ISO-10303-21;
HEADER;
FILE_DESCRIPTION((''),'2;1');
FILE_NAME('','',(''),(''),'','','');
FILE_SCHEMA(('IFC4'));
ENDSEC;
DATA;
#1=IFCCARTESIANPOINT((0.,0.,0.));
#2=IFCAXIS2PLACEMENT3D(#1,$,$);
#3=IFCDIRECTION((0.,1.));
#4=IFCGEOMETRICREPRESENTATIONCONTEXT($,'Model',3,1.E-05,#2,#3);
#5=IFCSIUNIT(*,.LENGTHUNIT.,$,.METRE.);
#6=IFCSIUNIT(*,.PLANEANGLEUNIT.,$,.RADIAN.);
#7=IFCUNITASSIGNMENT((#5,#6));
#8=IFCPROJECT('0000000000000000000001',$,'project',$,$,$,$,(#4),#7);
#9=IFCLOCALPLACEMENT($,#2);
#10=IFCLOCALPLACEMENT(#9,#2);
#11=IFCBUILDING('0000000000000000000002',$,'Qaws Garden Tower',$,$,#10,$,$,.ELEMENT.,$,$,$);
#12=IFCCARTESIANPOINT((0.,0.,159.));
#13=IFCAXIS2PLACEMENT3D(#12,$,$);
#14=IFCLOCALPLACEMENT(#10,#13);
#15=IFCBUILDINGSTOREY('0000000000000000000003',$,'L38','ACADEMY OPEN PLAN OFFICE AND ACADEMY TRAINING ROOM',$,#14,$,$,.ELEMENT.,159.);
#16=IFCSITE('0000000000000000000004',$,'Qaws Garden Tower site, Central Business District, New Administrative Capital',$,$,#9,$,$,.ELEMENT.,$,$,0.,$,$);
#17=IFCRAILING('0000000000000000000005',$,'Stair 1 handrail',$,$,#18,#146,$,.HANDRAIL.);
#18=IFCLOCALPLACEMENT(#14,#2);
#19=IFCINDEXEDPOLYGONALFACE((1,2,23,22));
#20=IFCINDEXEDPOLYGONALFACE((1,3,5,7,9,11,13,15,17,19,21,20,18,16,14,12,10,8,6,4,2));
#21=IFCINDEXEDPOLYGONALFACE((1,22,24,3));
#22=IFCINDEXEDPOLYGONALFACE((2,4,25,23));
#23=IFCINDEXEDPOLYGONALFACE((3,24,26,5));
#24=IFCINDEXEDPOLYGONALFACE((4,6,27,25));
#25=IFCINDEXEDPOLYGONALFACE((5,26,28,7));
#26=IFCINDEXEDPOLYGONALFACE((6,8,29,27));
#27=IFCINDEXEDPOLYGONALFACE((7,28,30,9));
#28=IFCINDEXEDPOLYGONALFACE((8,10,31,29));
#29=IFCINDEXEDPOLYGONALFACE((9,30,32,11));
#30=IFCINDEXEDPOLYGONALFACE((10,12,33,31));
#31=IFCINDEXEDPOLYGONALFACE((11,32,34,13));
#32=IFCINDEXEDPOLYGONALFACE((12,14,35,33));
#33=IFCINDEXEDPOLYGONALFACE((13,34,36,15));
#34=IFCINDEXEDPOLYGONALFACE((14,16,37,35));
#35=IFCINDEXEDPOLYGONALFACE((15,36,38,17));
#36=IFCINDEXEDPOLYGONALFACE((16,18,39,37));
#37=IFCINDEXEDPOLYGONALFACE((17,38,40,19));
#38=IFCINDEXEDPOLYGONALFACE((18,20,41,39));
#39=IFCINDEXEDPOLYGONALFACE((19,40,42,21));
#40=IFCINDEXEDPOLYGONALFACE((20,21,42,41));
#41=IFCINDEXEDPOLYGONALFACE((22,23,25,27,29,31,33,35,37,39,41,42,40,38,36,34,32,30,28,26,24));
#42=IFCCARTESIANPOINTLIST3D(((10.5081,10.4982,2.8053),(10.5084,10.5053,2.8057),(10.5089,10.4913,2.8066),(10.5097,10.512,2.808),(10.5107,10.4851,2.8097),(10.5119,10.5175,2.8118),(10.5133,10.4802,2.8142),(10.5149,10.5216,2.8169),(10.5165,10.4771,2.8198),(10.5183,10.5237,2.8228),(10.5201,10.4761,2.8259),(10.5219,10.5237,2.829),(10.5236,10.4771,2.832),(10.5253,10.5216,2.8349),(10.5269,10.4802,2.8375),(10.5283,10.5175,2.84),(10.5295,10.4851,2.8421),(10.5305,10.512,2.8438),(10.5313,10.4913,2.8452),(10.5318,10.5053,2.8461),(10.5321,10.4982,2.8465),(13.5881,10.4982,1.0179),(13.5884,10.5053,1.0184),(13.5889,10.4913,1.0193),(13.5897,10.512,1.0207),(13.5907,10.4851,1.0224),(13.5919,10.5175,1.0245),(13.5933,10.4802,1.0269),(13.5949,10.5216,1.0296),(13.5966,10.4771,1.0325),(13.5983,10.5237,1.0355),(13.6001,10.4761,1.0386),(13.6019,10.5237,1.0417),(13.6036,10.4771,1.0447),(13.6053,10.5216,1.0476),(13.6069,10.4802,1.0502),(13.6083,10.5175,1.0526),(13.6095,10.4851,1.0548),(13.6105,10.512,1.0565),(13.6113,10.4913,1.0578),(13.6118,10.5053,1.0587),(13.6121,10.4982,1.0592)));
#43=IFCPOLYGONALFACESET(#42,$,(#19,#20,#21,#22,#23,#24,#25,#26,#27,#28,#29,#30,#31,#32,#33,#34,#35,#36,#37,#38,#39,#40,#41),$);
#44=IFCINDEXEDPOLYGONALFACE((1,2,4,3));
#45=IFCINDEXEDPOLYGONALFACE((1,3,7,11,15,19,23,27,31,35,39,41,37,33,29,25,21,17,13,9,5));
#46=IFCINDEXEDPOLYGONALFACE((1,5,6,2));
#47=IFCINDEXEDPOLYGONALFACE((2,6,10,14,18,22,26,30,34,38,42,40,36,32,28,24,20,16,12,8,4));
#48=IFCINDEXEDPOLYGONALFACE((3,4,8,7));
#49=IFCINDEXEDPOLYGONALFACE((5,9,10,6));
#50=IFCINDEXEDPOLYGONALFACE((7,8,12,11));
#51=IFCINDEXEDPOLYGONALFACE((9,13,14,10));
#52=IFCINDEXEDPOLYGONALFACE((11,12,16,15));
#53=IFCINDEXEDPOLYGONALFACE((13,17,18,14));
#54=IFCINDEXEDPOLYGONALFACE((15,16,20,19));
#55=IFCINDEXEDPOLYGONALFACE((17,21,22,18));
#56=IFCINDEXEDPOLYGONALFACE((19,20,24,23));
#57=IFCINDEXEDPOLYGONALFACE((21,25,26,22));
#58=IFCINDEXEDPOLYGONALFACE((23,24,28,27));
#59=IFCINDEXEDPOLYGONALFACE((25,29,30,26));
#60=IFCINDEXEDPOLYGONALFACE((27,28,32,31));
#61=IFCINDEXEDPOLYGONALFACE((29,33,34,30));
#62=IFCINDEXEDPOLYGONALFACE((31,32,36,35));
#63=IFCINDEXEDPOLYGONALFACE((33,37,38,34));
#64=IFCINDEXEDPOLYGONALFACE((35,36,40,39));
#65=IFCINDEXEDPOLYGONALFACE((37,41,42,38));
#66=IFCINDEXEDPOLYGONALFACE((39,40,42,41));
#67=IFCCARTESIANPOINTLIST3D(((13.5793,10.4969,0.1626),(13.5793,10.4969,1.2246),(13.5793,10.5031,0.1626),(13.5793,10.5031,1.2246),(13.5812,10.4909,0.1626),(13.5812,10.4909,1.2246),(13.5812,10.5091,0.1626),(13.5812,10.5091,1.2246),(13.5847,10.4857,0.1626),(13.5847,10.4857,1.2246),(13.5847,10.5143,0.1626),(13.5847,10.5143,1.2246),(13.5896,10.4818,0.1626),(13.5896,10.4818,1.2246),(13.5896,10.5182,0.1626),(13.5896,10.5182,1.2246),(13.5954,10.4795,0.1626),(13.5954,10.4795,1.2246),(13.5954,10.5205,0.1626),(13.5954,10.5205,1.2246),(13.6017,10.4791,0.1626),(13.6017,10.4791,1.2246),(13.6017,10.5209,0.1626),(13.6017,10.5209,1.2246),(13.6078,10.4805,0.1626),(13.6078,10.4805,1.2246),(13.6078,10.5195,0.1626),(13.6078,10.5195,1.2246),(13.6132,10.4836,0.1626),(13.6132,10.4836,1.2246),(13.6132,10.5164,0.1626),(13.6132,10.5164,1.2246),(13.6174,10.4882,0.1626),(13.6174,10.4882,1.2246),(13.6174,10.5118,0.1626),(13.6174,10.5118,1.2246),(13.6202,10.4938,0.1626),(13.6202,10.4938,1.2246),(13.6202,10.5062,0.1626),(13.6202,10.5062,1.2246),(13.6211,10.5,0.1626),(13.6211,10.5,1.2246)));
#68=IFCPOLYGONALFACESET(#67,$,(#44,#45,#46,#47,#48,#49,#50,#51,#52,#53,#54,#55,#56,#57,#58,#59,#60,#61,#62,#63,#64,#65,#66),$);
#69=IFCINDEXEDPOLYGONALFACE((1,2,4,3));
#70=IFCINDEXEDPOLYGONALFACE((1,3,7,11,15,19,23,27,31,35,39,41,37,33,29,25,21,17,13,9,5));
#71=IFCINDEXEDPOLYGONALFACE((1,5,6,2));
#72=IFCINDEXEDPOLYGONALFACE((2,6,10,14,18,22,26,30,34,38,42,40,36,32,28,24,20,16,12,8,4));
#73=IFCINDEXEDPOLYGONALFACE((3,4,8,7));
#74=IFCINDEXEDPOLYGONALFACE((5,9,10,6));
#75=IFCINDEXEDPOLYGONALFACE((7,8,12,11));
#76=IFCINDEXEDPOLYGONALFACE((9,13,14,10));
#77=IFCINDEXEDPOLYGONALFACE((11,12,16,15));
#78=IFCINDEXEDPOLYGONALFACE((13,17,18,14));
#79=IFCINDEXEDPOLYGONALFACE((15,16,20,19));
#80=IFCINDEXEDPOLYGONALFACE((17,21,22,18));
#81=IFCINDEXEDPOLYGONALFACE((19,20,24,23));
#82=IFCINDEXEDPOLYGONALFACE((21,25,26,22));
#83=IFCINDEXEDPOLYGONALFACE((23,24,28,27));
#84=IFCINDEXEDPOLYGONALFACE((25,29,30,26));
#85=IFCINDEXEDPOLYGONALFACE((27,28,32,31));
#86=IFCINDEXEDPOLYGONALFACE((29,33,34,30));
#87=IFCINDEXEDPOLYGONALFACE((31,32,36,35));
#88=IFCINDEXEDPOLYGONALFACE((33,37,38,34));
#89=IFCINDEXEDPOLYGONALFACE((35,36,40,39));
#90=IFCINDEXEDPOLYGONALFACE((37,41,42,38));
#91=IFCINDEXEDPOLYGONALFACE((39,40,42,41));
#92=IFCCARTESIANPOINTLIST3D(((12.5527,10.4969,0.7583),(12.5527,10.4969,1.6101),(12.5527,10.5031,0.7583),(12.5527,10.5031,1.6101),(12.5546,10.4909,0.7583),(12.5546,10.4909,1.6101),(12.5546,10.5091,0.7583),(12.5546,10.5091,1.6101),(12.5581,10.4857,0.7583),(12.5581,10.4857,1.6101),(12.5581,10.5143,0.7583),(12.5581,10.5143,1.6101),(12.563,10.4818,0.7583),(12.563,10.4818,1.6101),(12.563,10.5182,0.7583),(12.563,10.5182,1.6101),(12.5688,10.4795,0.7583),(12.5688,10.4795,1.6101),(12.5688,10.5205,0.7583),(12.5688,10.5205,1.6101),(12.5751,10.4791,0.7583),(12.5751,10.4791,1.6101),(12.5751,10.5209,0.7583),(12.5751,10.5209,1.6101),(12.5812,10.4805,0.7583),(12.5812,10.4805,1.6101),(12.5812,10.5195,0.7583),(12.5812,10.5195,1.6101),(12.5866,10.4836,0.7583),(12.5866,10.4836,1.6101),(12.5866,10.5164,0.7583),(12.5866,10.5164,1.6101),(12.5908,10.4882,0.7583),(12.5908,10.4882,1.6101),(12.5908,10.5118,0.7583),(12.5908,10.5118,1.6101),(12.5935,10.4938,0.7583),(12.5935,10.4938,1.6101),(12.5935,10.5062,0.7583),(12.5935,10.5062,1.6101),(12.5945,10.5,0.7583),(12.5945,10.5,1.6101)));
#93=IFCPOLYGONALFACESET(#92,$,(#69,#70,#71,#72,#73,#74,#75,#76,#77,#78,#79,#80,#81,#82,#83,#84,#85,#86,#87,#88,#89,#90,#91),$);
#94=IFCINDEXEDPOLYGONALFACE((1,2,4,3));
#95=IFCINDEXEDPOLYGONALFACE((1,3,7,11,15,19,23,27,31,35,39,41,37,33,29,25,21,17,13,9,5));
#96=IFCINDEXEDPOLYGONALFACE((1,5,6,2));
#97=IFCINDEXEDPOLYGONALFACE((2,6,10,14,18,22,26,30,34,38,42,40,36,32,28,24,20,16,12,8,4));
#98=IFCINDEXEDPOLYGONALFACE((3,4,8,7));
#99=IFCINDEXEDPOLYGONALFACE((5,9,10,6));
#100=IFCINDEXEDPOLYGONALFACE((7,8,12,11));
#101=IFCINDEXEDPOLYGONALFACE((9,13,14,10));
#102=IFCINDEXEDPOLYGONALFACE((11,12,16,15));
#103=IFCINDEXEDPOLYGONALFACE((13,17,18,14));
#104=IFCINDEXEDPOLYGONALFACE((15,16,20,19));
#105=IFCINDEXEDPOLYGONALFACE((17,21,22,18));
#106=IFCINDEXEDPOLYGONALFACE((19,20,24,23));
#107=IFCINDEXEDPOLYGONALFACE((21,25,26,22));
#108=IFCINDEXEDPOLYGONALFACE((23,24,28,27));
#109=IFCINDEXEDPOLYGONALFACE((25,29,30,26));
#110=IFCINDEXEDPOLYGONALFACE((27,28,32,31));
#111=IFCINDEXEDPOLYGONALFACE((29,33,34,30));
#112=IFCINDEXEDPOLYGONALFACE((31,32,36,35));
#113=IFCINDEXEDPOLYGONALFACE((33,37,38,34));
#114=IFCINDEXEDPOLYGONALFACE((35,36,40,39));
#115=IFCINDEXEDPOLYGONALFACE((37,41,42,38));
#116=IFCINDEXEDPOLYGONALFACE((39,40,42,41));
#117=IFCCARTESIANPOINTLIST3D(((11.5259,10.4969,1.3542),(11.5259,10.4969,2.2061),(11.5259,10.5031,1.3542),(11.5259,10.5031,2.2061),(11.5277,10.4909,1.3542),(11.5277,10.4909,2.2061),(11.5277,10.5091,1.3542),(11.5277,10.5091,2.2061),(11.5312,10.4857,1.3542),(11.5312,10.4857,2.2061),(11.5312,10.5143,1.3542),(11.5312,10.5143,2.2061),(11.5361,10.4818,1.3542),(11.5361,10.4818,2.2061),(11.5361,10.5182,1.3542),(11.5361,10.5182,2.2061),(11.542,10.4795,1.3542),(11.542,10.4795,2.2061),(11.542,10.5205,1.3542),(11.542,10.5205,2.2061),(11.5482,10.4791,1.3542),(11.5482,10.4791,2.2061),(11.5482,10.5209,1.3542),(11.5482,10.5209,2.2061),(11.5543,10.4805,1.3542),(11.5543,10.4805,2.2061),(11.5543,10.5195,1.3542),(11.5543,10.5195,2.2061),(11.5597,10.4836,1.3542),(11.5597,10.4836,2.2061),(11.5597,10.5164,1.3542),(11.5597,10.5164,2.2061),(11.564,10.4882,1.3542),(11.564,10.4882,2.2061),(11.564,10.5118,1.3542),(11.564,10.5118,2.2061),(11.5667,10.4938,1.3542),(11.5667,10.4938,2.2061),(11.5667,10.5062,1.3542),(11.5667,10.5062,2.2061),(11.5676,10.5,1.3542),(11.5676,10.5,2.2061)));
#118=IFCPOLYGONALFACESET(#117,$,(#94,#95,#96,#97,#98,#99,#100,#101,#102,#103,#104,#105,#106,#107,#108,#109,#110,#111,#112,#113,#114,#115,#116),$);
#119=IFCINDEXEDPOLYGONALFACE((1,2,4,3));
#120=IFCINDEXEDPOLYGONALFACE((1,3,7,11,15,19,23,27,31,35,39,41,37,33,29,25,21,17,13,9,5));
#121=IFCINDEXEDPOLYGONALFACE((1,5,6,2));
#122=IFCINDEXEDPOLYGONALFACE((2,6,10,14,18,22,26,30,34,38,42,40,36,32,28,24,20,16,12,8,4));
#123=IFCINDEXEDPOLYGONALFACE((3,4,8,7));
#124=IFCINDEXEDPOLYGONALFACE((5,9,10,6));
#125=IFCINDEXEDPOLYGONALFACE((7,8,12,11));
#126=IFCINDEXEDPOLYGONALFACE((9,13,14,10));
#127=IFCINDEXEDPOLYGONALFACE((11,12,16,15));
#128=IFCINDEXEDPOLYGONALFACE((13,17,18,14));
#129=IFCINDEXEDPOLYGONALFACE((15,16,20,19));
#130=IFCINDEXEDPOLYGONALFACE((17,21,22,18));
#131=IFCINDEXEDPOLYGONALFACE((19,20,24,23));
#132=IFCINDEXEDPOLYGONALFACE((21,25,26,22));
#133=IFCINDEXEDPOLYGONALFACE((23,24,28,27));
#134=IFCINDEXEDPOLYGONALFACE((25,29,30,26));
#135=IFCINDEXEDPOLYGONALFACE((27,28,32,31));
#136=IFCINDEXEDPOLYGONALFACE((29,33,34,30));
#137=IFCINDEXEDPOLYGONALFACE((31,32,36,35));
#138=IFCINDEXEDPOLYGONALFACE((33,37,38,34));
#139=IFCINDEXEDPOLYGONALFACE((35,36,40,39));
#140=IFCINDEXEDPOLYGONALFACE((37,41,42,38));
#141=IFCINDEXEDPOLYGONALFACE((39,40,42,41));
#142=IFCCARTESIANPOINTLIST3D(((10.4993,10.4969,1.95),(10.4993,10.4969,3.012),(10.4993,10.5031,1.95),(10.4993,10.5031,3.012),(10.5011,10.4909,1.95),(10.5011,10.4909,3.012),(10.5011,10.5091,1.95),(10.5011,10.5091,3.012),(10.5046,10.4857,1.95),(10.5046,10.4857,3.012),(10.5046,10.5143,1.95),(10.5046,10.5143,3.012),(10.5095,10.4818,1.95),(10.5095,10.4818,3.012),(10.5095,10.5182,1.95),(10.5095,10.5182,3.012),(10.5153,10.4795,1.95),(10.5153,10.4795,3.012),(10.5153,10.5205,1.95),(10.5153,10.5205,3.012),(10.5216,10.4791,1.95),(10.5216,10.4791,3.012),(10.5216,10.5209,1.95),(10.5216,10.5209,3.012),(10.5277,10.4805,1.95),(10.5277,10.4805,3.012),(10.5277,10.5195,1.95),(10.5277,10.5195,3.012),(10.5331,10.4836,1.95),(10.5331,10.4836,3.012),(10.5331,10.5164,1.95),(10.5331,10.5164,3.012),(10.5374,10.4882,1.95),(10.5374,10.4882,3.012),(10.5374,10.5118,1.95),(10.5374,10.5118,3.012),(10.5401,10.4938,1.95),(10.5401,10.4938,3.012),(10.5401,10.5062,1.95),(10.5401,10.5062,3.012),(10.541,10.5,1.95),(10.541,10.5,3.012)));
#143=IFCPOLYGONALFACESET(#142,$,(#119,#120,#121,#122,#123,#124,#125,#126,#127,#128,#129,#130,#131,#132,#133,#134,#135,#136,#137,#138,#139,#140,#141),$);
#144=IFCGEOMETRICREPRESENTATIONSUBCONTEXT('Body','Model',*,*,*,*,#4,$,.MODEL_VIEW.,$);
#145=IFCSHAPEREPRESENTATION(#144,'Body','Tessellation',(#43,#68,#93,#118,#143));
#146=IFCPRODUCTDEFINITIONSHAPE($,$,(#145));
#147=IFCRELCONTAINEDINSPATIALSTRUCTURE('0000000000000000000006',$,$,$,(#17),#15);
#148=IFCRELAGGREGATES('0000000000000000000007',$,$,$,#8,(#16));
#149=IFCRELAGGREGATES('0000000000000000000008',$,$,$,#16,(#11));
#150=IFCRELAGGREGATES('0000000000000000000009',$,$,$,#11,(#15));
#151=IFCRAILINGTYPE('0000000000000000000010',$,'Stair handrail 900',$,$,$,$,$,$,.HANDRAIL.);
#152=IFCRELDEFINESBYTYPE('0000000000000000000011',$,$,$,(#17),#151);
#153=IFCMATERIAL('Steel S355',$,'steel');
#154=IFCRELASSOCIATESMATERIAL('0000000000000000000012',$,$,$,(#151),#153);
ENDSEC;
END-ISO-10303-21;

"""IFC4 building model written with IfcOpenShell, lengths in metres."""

from ifc_helpers import new_model, si_unit, direction, frame, origin, origin_2d, place, context, subcontext, project, spatial, circle, extrude, material, type_object, element, save


model = new_model("IFC4")

# Units and contexts
model_context = context("Model", 3, precision=1e-05, world=origin(), true_north=direction((0.0, 1.0)))
body_context = subcontext(model_context, "Body", "Model", "MODEL_VIEW")
ifc_project = project(units=[si_unit("LENGTHUNIT", "METRE"), si_unit("PLANEANGLEUNIT", "RADIAN")], contexts=[model_context])

# Site, building, storey
site_placement = place(None, origin())
site = spatial("IfcSite", under=ifc_project, at=site_placement, Name="Qaws Garden Tower site, Central Business District, New Administrative Capital", CompositionType="ELEMENT", RefElevation=0.0)
building_placement = place(site_placement, origin())
building = spatial("IfcBuilding", under=site, at=building_placement, Name="Qaws Garden Tower", CompositionType="ELEMENT")
storey_placement = place(building_placement, frame((0.0, 0.0, 159.0)))
storey = spatial("IfcBuildingStorey", under=building, at=storey_placement, Name="L38", Description="ACADEMY OPEN PLAN OFFICE AND ACADEMY TRAINING ROOM", CompositionType="ELEMENT", Elevation=159.0)

# Railing
ifc_material_1 = material(Name="Steel S355", Category="steel")
railing_type = type_object("IfcRailingType", Name="Stair handrail 900", PredefinedType="HANDRAIL", material=ifc_material_1)
railing_1_placement = place(storey_placement, frame((13.6001, 10.5, 0.1626)))
element("IfcRailing", 1, at=railing_1_placement, inside=storey, type_object=railing_type, Name="Stair 1 handrail", PredefinedType="HANDRAIL", context=body_context, shape_type="SweptSolid", body=[
    extrude(circle(Radius=0.0239, at=origin_2d()), frame((0.0, 0.0, 0.876), z_axis=(-0.86492, 0.0, 0.501909), x_axis=(0.0, -1.0, 0.0)), (0.0, 0.0, 1.0), 3.561),
    extrude(circle(Radius=0.021, at=origin_2d()), origin(), (0.0, 0.0, 1.0), 1.062),
    extrude(circle(Radius=0.021, at=origin_2d()), frame((-1.0266, 0.0, 0.5957)), (0.0, 0.0, 1.0), 0.8518),
    extrude(circle(Radius=0.021, at=origin_2d()), frame((-2.0535, 0.0, 1.1917)), (0.0, 0.0, 1.0), 0.8518),
    extrude(circle(Radius=0.021, at=origin_2d()), frame((-3.0801, 0.0, 1.7874)), (0.0, 0.0, 1.0), 1.062),
])

save(model, "model.ifc")
